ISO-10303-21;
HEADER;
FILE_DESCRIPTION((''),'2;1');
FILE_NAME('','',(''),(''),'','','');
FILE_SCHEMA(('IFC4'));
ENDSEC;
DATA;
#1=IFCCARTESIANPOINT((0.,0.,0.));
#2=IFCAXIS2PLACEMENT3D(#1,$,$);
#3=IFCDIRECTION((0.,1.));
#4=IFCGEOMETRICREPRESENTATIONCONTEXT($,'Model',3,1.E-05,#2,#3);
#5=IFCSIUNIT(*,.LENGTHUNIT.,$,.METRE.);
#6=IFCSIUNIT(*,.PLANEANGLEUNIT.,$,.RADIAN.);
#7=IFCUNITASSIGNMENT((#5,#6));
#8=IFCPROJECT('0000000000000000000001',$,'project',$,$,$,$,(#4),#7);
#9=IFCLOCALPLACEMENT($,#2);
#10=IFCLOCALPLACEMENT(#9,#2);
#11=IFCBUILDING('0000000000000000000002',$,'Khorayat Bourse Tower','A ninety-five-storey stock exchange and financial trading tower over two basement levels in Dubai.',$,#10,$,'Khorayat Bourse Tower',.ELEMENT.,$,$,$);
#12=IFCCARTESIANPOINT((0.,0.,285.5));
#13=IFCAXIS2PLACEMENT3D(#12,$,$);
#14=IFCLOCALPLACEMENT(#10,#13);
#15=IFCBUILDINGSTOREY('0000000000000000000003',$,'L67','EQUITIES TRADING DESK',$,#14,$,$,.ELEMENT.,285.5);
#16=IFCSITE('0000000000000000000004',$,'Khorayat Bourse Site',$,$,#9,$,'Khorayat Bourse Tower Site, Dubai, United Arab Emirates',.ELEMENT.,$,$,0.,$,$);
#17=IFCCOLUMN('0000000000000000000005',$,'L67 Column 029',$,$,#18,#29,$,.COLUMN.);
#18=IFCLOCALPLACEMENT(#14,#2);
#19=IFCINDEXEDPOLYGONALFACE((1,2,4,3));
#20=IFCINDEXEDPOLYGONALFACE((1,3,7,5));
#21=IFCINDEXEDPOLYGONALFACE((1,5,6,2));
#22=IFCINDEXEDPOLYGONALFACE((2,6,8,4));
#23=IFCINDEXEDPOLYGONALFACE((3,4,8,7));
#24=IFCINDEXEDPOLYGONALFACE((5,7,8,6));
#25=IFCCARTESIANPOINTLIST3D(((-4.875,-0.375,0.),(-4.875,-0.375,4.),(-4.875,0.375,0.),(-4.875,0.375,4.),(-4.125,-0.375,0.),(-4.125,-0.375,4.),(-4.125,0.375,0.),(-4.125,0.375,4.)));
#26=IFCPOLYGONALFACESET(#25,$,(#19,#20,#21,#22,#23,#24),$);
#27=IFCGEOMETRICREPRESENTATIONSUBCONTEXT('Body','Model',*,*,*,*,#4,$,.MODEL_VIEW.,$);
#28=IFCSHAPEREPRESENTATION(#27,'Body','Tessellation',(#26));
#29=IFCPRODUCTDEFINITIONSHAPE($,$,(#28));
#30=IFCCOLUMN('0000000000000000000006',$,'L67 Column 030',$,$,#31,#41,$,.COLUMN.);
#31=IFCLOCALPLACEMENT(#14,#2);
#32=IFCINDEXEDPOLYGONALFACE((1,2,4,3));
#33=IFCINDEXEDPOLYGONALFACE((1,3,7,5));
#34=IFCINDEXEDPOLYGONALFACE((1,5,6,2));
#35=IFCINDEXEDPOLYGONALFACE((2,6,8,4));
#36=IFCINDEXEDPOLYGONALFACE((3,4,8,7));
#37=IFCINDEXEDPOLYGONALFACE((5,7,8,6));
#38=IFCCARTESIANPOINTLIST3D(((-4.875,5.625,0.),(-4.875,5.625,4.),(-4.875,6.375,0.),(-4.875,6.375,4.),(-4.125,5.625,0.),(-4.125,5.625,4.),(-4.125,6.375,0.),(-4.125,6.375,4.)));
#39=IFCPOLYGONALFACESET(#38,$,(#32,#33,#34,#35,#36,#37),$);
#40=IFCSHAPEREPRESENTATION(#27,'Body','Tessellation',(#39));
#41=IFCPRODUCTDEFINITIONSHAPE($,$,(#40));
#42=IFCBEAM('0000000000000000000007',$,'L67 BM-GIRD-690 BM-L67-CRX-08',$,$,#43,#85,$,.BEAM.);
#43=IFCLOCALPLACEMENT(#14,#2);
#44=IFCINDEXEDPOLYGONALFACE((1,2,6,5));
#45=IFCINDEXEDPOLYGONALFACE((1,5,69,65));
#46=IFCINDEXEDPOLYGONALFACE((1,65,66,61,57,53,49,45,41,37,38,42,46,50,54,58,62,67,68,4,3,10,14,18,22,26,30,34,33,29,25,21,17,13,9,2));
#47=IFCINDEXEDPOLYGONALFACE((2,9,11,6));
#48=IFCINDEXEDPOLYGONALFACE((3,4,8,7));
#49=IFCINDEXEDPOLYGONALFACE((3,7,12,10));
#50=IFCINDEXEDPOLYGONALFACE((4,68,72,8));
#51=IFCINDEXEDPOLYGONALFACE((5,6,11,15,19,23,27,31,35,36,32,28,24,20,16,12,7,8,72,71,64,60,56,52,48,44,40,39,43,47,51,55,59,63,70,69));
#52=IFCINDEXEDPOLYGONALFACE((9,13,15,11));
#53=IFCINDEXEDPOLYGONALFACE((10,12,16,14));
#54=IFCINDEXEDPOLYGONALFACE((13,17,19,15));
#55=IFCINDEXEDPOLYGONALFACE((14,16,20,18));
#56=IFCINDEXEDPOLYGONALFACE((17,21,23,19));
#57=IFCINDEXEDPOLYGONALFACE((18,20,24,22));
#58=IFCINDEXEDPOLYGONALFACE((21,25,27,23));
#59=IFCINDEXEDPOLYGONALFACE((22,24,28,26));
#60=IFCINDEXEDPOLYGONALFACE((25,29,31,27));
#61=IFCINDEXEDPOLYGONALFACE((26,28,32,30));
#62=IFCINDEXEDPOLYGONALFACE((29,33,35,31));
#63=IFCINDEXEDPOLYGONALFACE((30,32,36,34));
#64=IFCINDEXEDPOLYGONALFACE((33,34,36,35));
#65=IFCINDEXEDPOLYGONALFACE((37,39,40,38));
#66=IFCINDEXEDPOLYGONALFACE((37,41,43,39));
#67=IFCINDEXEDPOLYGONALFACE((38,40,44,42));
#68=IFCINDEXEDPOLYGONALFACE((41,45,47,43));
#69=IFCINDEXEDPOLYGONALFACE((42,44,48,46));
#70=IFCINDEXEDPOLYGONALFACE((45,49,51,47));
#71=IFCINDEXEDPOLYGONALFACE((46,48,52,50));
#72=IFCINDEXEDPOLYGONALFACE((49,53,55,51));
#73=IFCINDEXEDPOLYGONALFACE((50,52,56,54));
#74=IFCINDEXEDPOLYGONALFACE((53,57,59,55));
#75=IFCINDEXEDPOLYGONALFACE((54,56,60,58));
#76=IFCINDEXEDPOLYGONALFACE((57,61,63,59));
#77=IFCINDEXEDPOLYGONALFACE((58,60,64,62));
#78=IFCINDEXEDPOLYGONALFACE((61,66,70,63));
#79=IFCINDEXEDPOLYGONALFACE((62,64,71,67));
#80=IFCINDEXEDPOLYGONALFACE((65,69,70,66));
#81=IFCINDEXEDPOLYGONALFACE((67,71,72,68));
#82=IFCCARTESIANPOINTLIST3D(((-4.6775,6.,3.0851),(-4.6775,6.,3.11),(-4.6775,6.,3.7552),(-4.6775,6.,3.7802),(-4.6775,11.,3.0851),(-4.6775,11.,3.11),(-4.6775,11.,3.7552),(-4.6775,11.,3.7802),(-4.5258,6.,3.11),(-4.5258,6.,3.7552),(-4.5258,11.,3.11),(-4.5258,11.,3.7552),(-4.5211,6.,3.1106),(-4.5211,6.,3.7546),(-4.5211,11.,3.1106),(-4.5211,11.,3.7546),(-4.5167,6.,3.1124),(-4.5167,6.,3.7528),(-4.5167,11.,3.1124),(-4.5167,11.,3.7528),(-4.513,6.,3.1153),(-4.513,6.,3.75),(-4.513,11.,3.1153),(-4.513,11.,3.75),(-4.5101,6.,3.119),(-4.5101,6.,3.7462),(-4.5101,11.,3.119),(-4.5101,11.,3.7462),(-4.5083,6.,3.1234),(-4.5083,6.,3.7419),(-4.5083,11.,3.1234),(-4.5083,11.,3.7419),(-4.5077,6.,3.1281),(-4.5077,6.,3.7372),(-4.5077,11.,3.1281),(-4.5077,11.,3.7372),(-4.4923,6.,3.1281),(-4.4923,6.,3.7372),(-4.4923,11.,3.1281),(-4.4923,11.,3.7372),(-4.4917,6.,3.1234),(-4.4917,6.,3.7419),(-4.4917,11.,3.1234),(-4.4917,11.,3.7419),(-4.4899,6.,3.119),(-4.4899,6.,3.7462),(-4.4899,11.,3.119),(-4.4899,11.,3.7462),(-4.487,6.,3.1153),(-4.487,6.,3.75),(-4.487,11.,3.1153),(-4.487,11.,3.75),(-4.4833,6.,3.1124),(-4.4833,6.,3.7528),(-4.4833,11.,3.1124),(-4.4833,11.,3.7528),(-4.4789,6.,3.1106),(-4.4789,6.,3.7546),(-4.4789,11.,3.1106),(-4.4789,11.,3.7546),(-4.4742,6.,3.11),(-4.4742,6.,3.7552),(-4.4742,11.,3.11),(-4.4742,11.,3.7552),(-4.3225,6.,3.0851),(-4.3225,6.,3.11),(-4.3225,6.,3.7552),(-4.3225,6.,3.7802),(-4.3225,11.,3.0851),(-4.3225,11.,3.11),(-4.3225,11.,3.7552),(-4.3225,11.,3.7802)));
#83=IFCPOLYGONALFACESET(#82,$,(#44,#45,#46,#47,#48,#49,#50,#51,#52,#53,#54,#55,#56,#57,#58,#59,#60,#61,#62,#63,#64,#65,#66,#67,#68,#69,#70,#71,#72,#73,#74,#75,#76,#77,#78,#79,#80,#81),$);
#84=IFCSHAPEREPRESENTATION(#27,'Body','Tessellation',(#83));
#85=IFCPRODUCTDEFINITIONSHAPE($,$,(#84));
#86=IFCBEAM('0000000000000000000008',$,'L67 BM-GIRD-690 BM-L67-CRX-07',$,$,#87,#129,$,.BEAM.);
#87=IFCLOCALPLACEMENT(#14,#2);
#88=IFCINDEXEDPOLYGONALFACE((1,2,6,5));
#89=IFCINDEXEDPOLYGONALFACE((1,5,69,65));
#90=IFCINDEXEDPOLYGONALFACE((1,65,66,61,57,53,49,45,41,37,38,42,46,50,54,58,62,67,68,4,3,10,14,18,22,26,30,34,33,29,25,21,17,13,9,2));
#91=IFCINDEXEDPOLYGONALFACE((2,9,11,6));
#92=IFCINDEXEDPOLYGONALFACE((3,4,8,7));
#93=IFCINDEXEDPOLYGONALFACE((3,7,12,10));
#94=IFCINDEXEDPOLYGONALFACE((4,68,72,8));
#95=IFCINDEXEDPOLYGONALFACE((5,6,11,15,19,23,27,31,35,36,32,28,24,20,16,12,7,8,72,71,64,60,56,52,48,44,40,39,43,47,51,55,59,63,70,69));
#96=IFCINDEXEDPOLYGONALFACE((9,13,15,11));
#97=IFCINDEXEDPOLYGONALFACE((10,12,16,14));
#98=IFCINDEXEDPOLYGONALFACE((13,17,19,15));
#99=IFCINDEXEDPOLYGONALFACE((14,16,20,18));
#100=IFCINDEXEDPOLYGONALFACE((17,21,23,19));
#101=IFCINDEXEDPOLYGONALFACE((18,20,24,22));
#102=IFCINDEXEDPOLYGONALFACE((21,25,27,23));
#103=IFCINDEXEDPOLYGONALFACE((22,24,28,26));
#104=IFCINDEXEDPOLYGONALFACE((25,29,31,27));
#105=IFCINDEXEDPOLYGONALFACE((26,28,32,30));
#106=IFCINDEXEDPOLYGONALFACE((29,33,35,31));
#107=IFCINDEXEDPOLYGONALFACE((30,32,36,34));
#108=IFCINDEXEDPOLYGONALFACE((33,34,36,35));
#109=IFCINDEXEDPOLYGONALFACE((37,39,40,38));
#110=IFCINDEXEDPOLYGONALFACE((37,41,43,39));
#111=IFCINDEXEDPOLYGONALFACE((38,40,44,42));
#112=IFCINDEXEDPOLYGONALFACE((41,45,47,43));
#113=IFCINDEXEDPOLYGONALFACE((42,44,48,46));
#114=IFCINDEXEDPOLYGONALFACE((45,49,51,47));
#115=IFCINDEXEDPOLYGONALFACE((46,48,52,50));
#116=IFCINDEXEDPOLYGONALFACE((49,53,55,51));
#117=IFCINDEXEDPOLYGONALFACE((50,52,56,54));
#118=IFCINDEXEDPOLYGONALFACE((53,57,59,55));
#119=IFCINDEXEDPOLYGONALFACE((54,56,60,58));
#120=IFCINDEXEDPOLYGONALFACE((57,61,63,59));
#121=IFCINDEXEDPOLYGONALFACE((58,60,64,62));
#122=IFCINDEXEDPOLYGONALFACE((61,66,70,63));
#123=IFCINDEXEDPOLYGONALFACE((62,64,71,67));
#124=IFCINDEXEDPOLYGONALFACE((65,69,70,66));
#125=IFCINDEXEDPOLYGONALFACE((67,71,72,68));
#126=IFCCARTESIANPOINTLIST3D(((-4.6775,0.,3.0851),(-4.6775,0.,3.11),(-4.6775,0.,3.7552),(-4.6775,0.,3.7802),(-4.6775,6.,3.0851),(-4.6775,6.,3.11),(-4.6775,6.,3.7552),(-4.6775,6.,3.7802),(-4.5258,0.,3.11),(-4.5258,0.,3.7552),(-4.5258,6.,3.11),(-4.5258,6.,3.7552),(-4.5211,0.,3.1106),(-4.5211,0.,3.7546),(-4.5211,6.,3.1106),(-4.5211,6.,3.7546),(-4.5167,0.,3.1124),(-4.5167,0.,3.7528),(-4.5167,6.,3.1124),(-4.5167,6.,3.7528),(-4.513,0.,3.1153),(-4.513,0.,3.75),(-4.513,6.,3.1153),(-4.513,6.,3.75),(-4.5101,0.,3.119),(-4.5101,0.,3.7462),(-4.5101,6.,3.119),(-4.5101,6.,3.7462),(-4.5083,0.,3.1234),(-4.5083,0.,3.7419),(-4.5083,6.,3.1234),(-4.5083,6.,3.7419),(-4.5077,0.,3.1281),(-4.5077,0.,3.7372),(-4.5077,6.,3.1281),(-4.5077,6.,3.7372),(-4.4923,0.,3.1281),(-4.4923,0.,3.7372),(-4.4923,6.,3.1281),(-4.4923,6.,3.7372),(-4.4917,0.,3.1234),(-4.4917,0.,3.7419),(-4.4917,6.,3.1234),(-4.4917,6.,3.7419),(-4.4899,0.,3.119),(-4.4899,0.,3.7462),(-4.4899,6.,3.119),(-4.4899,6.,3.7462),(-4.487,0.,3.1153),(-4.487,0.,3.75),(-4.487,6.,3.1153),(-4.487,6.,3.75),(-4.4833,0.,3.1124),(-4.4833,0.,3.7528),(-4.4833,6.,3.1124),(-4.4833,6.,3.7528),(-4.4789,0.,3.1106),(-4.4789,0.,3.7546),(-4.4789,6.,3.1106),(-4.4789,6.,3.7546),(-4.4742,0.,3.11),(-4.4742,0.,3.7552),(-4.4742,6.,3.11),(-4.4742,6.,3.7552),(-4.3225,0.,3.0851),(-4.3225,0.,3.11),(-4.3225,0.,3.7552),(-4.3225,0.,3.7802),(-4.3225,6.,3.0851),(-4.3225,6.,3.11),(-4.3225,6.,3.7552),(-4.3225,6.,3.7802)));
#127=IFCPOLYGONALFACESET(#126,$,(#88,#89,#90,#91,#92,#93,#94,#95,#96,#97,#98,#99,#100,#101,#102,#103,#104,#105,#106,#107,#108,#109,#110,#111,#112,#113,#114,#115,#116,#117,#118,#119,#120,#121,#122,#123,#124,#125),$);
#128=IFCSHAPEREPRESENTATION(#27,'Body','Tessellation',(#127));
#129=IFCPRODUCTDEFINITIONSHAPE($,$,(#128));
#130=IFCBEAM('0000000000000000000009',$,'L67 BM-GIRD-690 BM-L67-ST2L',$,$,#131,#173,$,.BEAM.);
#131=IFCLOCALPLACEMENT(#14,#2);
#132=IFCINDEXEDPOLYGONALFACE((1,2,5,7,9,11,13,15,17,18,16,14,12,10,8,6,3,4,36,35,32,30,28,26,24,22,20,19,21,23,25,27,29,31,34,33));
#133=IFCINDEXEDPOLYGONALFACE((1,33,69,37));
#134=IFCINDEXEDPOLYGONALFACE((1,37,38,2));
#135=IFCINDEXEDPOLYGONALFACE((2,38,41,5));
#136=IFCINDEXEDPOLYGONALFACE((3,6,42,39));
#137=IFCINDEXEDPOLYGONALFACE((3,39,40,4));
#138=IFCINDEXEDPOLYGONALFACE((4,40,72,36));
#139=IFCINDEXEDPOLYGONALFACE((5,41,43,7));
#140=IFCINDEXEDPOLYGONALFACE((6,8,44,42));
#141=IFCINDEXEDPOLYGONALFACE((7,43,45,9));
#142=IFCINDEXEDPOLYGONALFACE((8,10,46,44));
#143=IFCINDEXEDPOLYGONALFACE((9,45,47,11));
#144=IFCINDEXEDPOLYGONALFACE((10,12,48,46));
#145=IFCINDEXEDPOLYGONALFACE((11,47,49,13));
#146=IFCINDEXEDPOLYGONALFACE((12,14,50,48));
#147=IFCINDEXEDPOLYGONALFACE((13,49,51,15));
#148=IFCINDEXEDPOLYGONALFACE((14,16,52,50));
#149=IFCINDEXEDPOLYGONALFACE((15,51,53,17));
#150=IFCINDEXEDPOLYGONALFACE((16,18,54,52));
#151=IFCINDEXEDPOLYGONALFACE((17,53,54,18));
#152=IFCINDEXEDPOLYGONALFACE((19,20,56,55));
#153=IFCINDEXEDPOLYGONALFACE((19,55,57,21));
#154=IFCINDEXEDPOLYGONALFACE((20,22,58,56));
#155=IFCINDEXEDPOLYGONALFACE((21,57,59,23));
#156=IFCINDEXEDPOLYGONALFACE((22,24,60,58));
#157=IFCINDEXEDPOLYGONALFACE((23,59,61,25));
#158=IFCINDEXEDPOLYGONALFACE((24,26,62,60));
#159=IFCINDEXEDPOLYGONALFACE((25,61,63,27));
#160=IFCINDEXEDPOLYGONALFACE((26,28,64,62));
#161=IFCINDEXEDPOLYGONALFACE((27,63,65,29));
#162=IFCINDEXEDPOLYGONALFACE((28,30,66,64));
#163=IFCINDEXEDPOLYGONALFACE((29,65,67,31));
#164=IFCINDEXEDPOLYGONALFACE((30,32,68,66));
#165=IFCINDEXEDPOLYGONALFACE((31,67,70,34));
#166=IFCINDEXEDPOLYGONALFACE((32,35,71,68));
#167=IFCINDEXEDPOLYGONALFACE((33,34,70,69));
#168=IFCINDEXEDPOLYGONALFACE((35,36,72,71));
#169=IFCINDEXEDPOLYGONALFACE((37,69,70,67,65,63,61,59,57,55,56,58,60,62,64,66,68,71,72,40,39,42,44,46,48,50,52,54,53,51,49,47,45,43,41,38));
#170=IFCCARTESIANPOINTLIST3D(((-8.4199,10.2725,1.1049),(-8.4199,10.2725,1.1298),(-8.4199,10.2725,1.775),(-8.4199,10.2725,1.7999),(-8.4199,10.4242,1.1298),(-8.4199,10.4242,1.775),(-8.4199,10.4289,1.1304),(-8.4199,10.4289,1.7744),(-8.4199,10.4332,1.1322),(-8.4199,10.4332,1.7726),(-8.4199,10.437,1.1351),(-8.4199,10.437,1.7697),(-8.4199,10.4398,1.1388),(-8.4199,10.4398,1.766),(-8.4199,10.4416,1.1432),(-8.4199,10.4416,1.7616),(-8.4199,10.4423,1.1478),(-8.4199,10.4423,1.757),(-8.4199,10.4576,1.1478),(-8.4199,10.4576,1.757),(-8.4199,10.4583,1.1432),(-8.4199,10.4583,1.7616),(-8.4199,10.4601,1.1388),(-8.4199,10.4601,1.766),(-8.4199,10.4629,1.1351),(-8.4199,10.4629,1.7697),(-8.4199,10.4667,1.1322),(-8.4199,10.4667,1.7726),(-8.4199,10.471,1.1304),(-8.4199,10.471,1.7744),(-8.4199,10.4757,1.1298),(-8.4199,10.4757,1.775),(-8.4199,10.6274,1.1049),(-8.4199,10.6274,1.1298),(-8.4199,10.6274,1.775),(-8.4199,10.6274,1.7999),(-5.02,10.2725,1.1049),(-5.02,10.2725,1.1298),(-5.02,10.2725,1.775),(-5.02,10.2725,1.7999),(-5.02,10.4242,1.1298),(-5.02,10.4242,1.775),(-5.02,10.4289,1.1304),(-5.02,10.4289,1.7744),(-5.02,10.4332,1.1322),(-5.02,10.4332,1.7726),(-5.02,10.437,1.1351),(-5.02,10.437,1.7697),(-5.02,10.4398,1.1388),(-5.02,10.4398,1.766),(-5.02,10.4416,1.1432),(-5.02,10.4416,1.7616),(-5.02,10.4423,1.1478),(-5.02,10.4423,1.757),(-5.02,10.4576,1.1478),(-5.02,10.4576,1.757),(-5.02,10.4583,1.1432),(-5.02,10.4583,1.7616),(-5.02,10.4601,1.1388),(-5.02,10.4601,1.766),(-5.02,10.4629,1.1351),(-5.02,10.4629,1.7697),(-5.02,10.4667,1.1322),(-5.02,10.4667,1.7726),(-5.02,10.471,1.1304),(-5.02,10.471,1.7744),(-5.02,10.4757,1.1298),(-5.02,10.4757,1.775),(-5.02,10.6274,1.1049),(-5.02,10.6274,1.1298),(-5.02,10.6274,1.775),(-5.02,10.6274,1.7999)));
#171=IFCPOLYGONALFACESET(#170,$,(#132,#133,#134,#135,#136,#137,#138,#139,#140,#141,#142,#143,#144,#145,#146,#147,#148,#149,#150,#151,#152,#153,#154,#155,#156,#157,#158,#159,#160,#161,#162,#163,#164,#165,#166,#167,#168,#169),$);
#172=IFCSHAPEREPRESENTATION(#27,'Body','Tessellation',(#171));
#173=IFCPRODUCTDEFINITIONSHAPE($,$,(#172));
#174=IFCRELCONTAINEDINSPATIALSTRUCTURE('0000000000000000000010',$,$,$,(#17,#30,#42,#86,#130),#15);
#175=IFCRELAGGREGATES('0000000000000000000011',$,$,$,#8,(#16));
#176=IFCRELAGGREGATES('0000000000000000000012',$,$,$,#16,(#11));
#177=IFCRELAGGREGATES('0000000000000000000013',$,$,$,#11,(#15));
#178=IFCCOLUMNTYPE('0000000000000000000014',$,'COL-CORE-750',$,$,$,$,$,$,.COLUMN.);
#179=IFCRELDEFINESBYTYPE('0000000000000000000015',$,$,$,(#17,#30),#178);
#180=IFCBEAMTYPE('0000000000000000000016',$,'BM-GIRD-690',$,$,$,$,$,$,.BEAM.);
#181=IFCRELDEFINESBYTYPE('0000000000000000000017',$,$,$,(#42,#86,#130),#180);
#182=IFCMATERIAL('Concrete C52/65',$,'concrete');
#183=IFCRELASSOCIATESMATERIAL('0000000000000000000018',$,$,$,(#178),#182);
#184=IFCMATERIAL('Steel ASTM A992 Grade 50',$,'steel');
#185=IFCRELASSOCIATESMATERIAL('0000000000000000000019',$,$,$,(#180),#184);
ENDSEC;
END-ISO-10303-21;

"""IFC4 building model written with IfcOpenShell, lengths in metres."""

from ifc_helpers import new_model, si_unit, direction, frame, origin, origin_2d, place, context, subcontext, project, spatial, rectangle, i_section, extrude, source, transform, mapped, material, material_profile, profile_set, type_object, element, save


model = new_model("IFC4")

# Units and contexts
model_context = context("Model", 3, precision=1e-05, world=origin(), true_north=direction((0.0, 1.0)))
body_context = subcontext(model_context, "Body", "Model", "MODEL_VIEW")
ifc_project = project(units=[si_unit("LENGTHUNIT", "METRE"), si_unit("PLANEANGLEUNIT", "RADIAN")], contexts=[model_context])

# Site, building, storey
site_placement = place(None, origin())
site = spatial("IfcSite", under=ifc_project, at=site_placement, Name="Khorayat Bourse Site", LongName="Khorayat Bourse Tower Site, Dubai, United Arab Emirates", CompositionType="ELEMENT", RefElevation=0.0)
building_placement = place(site_placement, origin())
building = spatial("IfcBuilding", under=site, at=building_placement, Name="Khorayat Bourse Tower", Description="A ninety-five-storey stock exchange and financial trading tower over two basement levels in Dubai.", LongName="Khorayat Bourse Tower", CompositionType="ELEMENT")
storey_placement = place(building_placement, frame((0.0, 0.0, 285.5)))
storey = spatial("IfcBuildingStorey", under=building, at=storey_placement, Name="L67", Description="EQUITIES TRADING DESK", CompositionType="ELEMENT", Elevation=285.5)

# Columns
ifc_material_1 = material(Name="Concrete C52/65", Category="concrete")
ifc_material_profile_1 = material_profile(ifc_material_1, rectangle(XDim=0.75, YDim=0.75, at=origin_2d()), Name="RC 750x750")
ifc_profile_set_1 = profile_set([ifc_material_profile_1], Name="Concrete C52/65")
column_type = type_object("IfcColumnType", Name="COL-CORE-750", PredefinedType="COLUMN", material=ifc_profile_set_1)
shared_shape_1 = source(origin(), body_context, "Body", "SweptSolid", [
    extrude(rectangle(XDim=0.75, YDim=0.75, at=origin_2d()), origin(), (0.0, 0.0, 1.0), 4.0),
])
for number, where, z_axis, x_axis, name in (
    (1, (-4.5, 0.0, 0.0), (0.0, 0.0, 1.0), (1.0, 0.0, 0.0), "L67 Column 029"),
    (2, (-4.5, 6.0, 0.0), (0.0, 0.0, 1.0), (1.0, 0.0, 0.0), "L67 Column 030"),
):
    element("IfcColumn", number, at=place(storey_placement, frame(where, z_axis=z_axis, x_axis=x_axis)), inside=storey, type_object=column_type, Name=name, PredefinedType="COLUMN", context=body_context, shape_type="MappedRepresentation", body=[
        mapped(shared_shape_1, transform((0.0, 0.0, 0.0), scale=1.0)),
    ])

# Beams
ifc_material_2 = material(Name="Steel ASTM A992 Grade 50", Category="steel")
ifc_material_profile_2 = material_profile(ifc_material_2, i_section(OverallWidth=0.355, OverallDepth=0.6951, WebThickness=0.0154, FlangeThickness=0.0249, FilletRadius=0.0181, at=origin_2d()), Name="W690X217")
ifc_profile_set_2 = profile_set([ifc_material_profile_2], Name="Steel ASTM A992 Grade 50")
beam_type = type_object("IfcBeamType", Name="BM-GIRD-690", PredefinedType="BEAM", material=ifc_profile_set_2)
shared_shape_2 = source(origin(), body_context, "Body", "SweptSolid", [
    extrude(i_section(OverallWidth=0.355, OverallDepth=0.6951, WebThickness=0.0154, FlangeThickness=0.0249, FilletRadius=0.0181, at=origin_2d()), origin(), (0.0, 0.0, 1.0), 5.0),
])
beam_1_placement = place(storey_placement, frame((-4.5, 6.0, 3.4326), z_axis=(0.0, 1.0, 0.0), x_axis=(-1.0, 0.0, 0.0)))
element("IfcBeam", 3, at=beam_1_placement, inside=storey, type_object=beam_type, Name="L67 BM-GIRD-690 BM-L67-CRX-08", PredefinedType="BEAM", context=body_context, shape_type="MappedRepresentation", body=[
    mapped(shared_shape_2, transform((0.0, 0.0, 0.0), scale=1.0)),
])
shared_shape_3 = source(origin(), body_context, "Body", "SweptSolid", [
    extrude(i_section(OverallWidth=0.355, OverallDepth=0.6951, WebThickness=0.0154, FlangeThickness=0.0249, FilletRadius=0.0181, at=origin_2d()), origin(), (0.0, 0.0, 1.0), 6.0),
])
beam_2_placement = place(storey_placement, frame((-4.5, 0.0, 3.4326), z_axis=(0.0, 1.0, 0.0), x_axis=(-1.0, 0.0, 0.0)))
element("IfcBeam", 4, at=beam_2_placement, inside=storey, type_object=beam_type, Name="L67 BM-GIRD-690 BM-L67-CRX-07", PredefinedType="BEAM", context=body_context, shape_type="MappedRepresentation", body=[
    mapped(shared_shape_3, transform((0.0, 0.0, 0.0), scale=1.0)),
])
shared_shape_4 = source(origin(), body_context, "Body", "SweptSolid", [
    extrude(i_section(OverallWidth=0.355, OverallDepth=0.6951, WebThickness=0.0154, FlangeThickness=0.0249, FilletRadius=0.0181, at=origin_2d()), origin(), (0.0, 0.0, 1.0), 3.3999),
])
beam_3_placement = place(storey_placement, frame((-8.4199, 10.45, 1.4524), z_axis=(1.0, 0.0, 0.0), x_axis=(0.0, 1.0, 0.0)))
element("IfcBeam", 5, at=beam_3_placement, inside=storey, type_object=beam_type, Name="L67 BM-GIRD-690 BM-L67-ST2L", PredefinedType="BEAM", context=body_context, shape_type="MappedRepresentation", body=[
    mapped(shared_shape_4, transform((0.0, 0.0, 0.0), scale=1.0)),
])

save(model, "model.ifc")
